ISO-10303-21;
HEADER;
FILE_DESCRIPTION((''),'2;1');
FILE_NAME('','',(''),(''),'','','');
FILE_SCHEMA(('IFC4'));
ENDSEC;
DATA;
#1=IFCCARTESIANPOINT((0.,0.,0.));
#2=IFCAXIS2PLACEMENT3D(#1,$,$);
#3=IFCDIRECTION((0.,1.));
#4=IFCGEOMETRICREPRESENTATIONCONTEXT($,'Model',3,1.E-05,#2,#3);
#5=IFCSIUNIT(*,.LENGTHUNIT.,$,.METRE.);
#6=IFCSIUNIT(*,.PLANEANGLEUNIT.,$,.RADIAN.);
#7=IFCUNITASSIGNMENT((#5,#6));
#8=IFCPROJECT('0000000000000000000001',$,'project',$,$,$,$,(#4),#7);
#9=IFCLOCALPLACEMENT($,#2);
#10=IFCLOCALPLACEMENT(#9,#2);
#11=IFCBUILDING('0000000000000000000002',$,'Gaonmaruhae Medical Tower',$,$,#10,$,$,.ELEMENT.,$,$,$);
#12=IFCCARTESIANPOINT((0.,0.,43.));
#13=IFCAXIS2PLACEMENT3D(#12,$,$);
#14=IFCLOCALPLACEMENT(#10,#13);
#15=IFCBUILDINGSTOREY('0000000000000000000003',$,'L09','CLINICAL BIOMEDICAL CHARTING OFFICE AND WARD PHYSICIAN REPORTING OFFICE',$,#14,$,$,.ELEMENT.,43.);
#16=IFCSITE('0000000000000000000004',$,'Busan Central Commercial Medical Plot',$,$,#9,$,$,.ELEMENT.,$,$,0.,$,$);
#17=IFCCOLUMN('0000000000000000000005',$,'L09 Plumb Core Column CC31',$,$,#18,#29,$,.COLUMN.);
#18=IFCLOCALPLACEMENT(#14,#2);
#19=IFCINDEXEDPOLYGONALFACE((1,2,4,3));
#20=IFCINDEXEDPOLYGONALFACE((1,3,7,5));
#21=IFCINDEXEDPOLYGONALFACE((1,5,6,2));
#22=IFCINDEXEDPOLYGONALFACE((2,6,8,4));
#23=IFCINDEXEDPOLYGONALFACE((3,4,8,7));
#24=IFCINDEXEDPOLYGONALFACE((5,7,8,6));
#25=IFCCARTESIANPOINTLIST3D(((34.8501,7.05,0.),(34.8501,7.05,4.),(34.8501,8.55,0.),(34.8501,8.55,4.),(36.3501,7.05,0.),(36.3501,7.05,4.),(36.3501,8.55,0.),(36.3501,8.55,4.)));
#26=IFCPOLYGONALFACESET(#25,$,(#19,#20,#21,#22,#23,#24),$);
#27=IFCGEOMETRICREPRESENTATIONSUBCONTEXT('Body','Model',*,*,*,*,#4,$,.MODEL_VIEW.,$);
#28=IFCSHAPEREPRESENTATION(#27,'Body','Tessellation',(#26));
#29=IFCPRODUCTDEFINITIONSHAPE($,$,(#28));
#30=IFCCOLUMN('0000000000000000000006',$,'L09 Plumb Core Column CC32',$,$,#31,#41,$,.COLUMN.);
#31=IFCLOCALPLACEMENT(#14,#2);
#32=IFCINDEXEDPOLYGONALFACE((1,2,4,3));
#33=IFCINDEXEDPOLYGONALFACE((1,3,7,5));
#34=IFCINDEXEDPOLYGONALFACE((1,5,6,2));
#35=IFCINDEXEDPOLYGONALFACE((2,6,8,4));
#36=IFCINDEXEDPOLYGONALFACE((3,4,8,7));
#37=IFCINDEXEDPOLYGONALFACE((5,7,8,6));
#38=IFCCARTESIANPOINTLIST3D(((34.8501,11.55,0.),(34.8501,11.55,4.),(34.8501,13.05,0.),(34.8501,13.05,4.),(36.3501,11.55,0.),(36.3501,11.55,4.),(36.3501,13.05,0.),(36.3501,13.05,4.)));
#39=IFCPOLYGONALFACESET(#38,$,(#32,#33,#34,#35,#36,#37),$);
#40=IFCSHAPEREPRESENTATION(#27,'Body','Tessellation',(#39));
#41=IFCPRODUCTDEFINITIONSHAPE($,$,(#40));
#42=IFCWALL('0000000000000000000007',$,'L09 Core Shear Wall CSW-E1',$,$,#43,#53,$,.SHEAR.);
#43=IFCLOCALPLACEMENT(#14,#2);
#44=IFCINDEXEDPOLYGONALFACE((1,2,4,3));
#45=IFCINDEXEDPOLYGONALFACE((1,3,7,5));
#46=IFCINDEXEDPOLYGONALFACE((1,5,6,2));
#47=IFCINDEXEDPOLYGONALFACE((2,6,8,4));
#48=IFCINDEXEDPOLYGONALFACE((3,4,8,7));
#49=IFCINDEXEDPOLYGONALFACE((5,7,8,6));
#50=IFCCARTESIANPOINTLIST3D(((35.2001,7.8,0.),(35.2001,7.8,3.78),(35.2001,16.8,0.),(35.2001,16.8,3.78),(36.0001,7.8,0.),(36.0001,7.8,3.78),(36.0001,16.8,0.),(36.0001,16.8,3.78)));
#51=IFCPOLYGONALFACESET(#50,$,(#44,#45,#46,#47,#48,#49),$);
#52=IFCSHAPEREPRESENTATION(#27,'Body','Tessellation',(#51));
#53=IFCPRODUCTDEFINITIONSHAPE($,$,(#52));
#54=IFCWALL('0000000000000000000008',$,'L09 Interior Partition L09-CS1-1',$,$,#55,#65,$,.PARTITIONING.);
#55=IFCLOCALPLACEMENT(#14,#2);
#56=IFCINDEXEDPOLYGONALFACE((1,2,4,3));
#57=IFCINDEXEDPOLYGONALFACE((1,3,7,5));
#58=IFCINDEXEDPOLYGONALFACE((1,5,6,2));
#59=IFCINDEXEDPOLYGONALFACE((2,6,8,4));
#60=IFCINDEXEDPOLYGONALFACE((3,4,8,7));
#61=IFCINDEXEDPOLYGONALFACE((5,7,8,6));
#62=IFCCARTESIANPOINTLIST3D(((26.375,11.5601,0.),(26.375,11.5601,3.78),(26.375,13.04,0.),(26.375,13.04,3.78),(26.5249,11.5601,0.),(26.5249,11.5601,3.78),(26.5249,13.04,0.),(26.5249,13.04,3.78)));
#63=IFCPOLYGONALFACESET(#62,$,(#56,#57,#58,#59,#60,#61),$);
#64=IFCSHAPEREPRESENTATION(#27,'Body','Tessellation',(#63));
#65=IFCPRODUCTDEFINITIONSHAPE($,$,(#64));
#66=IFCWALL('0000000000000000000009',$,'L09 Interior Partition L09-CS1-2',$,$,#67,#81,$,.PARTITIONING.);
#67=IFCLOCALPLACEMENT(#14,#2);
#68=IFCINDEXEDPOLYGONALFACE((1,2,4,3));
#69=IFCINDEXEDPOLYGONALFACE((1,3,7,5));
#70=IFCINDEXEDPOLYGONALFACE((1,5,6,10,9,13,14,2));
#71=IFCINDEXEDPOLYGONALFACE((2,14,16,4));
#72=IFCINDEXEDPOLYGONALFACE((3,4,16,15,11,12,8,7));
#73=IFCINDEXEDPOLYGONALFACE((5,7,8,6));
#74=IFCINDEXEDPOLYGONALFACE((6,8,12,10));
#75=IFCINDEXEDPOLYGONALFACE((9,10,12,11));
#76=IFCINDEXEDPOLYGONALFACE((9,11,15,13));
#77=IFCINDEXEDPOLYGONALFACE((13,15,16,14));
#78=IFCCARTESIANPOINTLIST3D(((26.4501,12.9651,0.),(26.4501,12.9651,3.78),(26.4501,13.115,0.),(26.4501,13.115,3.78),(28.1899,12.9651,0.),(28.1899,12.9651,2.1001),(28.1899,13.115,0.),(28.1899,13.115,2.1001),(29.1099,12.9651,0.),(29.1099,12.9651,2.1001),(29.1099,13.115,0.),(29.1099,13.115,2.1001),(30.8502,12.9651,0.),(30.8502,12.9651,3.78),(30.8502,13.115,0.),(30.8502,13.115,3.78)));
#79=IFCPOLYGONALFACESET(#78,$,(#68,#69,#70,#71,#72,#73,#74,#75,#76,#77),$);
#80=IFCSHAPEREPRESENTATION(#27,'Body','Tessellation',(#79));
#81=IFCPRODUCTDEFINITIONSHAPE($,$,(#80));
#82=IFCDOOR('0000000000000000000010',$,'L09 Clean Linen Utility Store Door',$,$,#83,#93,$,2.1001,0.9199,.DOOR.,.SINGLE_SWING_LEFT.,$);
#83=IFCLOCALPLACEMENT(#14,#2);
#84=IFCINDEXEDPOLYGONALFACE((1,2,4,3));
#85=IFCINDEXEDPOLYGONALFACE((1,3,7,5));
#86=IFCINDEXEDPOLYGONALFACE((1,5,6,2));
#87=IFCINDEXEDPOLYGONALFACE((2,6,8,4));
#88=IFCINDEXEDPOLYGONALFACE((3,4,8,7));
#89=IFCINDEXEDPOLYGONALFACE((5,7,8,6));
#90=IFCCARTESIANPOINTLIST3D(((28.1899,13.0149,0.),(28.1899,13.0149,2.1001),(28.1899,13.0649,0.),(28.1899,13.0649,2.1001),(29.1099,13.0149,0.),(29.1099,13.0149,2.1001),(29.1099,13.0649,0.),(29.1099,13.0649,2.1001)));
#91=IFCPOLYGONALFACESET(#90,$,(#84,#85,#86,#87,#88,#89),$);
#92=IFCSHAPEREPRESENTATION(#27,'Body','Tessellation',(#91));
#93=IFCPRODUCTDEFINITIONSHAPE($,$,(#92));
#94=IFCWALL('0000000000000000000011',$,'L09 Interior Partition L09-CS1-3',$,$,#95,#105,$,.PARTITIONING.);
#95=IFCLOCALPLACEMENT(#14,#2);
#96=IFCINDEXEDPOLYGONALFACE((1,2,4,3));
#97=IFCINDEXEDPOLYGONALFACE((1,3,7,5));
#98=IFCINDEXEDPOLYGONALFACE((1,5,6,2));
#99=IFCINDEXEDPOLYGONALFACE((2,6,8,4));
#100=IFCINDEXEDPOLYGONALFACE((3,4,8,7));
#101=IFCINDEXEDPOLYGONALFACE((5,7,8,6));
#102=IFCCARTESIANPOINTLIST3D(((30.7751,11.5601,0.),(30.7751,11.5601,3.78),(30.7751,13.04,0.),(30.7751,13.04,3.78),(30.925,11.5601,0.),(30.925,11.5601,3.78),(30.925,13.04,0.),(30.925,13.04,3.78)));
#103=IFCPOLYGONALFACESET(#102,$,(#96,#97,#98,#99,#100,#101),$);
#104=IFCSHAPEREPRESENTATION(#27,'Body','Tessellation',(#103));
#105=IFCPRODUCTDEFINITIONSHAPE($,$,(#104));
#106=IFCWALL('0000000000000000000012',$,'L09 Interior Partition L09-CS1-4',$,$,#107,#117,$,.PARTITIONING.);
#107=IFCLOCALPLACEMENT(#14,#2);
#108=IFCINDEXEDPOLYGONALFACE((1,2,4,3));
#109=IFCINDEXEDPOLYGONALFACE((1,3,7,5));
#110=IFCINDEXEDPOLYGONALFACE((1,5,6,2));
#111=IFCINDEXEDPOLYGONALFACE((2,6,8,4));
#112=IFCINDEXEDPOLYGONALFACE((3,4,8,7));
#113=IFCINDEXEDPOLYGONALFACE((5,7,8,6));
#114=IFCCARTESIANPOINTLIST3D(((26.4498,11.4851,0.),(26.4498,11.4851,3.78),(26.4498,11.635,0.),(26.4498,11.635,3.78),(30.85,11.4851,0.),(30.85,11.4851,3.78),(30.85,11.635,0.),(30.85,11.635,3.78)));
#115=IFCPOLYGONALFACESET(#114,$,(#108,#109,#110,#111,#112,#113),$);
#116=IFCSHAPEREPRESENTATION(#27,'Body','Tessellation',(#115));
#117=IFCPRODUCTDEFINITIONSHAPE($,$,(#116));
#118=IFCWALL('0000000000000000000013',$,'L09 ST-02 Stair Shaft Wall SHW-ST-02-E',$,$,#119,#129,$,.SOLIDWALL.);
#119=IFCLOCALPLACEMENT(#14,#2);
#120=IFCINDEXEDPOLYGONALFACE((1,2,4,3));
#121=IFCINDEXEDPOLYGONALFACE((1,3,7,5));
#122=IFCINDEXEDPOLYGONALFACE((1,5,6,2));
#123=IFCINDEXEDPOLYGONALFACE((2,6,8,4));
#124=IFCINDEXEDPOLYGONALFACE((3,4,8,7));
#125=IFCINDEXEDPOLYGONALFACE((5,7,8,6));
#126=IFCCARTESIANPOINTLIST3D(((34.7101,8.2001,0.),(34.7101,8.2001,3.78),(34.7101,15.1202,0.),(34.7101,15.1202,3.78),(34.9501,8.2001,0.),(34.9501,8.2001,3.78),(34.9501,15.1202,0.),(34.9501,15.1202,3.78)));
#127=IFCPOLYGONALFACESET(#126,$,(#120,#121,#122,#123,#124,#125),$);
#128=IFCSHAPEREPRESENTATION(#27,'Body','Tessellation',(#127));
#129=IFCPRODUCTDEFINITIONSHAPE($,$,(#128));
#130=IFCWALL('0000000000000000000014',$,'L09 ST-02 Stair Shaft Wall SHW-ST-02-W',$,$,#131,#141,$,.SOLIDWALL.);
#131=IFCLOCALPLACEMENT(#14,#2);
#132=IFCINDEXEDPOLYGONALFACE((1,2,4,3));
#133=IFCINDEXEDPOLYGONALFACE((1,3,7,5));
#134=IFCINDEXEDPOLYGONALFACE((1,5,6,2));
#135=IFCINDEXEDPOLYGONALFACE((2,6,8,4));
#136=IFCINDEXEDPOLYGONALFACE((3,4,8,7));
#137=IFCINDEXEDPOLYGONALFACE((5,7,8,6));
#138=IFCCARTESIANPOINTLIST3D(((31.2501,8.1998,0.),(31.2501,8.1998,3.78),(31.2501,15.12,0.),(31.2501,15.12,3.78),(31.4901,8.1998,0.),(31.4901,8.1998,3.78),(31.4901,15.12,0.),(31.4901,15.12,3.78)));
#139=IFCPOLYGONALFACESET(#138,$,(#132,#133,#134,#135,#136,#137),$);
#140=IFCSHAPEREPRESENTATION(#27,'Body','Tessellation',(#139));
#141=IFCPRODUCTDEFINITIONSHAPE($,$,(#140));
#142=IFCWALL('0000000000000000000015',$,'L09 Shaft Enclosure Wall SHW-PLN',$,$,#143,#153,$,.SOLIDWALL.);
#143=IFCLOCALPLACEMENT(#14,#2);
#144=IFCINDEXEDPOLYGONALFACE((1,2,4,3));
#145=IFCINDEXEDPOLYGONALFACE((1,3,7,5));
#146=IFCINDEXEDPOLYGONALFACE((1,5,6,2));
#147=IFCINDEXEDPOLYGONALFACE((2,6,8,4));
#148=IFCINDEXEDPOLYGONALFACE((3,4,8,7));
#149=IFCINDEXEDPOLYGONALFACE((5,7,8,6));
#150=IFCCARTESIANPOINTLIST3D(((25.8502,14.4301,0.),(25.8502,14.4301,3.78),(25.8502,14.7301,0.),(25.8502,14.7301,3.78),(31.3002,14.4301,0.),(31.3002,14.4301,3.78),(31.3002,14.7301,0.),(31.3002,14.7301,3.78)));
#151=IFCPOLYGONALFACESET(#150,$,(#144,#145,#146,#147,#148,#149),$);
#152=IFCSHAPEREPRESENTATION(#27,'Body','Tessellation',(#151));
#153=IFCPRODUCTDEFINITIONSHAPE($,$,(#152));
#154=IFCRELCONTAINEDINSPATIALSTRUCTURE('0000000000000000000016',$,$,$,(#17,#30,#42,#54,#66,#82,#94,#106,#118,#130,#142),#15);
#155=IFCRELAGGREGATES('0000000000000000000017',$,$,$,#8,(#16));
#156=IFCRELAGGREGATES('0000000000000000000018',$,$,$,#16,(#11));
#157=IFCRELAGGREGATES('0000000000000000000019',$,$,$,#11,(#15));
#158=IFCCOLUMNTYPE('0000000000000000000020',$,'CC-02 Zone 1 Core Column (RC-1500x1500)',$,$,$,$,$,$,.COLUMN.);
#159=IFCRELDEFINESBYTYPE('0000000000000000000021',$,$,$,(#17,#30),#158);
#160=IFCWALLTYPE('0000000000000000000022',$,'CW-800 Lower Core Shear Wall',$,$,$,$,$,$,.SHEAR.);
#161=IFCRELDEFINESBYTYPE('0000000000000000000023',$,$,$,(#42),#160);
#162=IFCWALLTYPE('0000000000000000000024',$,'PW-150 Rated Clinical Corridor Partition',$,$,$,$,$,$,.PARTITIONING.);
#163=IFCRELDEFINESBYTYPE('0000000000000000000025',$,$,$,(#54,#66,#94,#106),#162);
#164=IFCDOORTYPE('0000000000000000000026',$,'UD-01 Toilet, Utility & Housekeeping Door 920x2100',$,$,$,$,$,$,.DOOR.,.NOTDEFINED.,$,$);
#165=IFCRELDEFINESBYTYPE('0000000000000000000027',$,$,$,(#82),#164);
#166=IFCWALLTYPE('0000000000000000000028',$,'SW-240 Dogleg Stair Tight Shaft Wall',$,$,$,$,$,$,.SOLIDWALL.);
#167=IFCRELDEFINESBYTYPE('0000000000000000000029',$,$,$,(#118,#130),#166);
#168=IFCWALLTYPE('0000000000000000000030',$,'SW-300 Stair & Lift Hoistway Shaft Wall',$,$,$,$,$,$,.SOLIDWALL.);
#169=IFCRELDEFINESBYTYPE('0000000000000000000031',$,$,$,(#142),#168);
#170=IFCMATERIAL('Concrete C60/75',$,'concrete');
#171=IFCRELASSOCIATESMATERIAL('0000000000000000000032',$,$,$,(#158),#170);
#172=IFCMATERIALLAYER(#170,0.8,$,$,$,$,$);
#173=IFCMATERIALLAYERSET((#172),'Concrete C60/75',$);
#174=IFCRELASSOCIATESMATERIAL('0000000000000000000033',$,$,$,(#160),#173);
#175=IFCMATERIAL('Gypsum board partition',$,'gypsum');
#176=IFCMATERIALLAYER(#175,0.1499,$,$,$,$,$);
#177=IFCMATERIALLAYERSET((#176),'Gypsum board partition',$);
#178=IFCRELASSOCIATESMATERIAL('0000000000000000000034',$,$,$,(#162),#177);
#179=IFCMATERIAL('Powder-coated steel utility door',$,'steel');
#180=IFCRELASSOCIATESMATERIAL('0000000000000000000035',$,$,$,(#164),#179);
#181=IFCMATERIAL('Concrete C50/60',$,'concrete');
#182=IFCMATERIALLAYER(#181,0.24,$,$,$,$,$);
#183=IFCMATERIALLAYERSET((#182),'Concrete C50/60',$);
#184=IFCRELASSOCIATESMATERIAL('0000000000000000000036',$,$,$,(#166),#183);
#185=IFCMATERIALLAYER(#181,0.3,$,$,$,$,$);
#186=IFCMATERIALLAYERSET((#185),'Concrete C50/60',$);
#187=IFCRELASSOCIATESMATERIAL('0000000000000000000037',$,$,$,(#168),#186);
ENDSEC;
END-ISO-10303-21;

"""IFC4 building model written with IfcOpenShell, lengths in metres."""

from ifc_helpers import new_model, si_unit, direction, frame, frame_2d, origin, origin_2d, place, context, subcontext, project, spatial, rectangle, extrude, material, layer, layer_set, material_profile, profile_set, type_object, element, fill, save


model = new_model("IFC4")

# Units and contexts
model_context = context("Model", 3, precision=1e-05, world=origin(), true_north=direction((0.0, 1.0)))
body_context = subcontext(model_context, "Body", "Model", "MODEL_VIEW")
ifc_project = project(units=[si_unit("LENGTHUNIT", "METRE"), si_unit("PLANEANGLEUNIT", "RADIAN")], contexts=[model_context])

# Site, building, storey
site_placement = place(None, origin())
site = spatial("IfcSite", under=ifc_project, at=site_placement, Name="Busan Central Commercial Medical Plot", CompositionType="ELEMENT", RefElevation=0.0)
building_placement = place(site_placement, origin())
building = spatial("IfcBuilding", under=site, at=building_placement, Name="Gaonmaruhae Medical Tower", CompositionType="ELEMENT")
storey_placement = place(building_placement, frame((0.0, 0.0, 43.0)))
storey = spatial("IfcBuildingStorey", under=building, at=storey_placement, Name="L09", Description="CLINICAL BIOMEDICAL CHARTING OFFICE AND WARD PHYSICIAN REPORTING OFFICE", CompositionType="ELEMENT", Elevation=43.0)

# Columns
ifc_material_1 = material(Name="Concrete C60/75", Category="concrete")
ifc_material_profile = material_profile(ifc_material_1, rectangle(XDim=1.5, YDim=1.5, at=origin_2d()), Name="RC-1500x1500")
ifc_profile_set = profile_set([ifc_material_profile], Name="Concrete C60/75")
column_type = type_object("IfcColumnType", Name="CC-02 Zone 1 Core Column (RC-1500x1500)", PredefinedType="COLUMN", material=ifc_profile_set)
for number, where, z_axis, x_axis, name in (
    (1, (35.6001, 7.8, 0.0), (0.0, 0.0, 1.0), (1.0, 0.0, 0.0), "L09 Plumb Core Column CC31"),
    (2, (35.6001, 12.3, 0.0), (0.0, 0.0, 1.0), (1.0, 0.0, 0.0), "L09 Plumb Core Column CC32"),
):
    element("IfcColumn", number, at=place(storey_placement, frame(where, z_axis=z_axis, x_axis=x_axis)), inside=storey, type_object=column_type, Name=name, PredefinedType="COLUMN", context=body_context, shape_type="SweptSolid", body=[
        extrude(rectangle(XDim=1.5, YDim=1.5, at=origin_2d()), origin(), (0.0, 0.0, 1.0), 4.0),
    ])

# Walls
ifc_layer_1 = layer(ifc_material_1, 0.8)
ifc_layer_set_1 = layer_set([ifc_layer_1], Name="Concrete C60/75")
wall_type_1 = type_object("IfcWallType", Name="CW-800 Lower Core Shear Wall", PredefinedType="SHEAR", material=ifc_layer_set_1)
wall_1_placement = place(storey_placement, frame((35.6001, 7.8, 0.0), z_axis=(0.0, 0.0, 1.0), x_axis=(0.0, 1.0, 0.0)))
element("IfcWall", 3, at=wall_1_placement, inside=storey, type_object=wall_type_1, Name="L09 Core Shear Wall CSW-E1", PredefinedType="SHEAR", context=body_context, shape_type="SweptSolid", body=[
    extrude(rectangle(XDim=9.0, YDim=0.8, at=frame_2d((4.5, 0.0))), origin(), (0.0, 0.0, 1.0), 3.78),
])
ifc_material_2 = material(Name="Gypsum board partition", Category="gypsum")
ifc_layer_2 = layer(ifc_material_2, 0.1499)
ifc_layer_set_2 = layer_set([ifc_layer_2], Name="Gypsum board partition")
wall_type_2 = type_object("IfcWallType", Name="PW-150 Rated Clinical Corridor Partition", PredefinedType="PARTITIONING", material=ifc_layer_set_2)
wall_2_placement = place(storey_placement, frame((26.45, 11.5601, 0.0), z_axis=(0.0, 0.0, 1.0), x_axis=(0.0, 1.0, 0.0)))
element("IfcWall", 4, at=wall_2_placement, inside=storey, type_object=wall_type_2, Name="L09 Interior Partition L09-CS1-1", PredefinedType="PARTITIONING", context=body_context, shape_type="SweptSolid", body=[
    extrude(rectangle(XDim=1.48, YDim=0.1499, at=frame_2d((0.74, 0.0))), origin(), (0.0, 0.0, 1.0), 3.78),
])

# Wall, opening, door
wall_3_placement = place(storey_placement, frame((26.45, 13.04, 0.0), z_axis=(0.0, 0.0, 1.0), x_axis=(1.0, 0.0, 0.0)))
wall_3 = element("IfcWall", 5, at=wall_3_placement, inside=storey, type_object=wall_type_2, Name="L09 Interior Partition L09-CS1-2", PredefinedType="PARTITIONING", context=body_context, shape_type="SweptSolid", body=[
    extrude(rectangle(XDim=4.4001, YDim=0.1499, at=frame_2d((2.2002, 0.0))), origin(), (0.0, 0.0, 1.0), 3.78),
])
opening_1_placement = place(wall_3_placement, frame((1.74, 0.0, 0.0)))
opening_1 = element("IfcOpeningElement", 6, at=opening_1_placement, cuts=wall_3, PredefinedType="OPENING", context=body_context, shape_type="SweptSolid", body=[
    extrude(rectangle(XDim=0.9199, YDim=2.1001, at=frame_2d((0.46, 1.05))), frame((0.0, 0.085, 0.0), z_axis=(0.0, -1.0, 0.0), x_axis=(1.0, 0.0, 0.0)), (0.0, 0.0, 1.0), 0.1699),
])
ifc_material_3 = material(Name="Powder-coated steel utility door", Category="steel")
door_type_1 = type_object("IfcDoorType", Name="UD-01 Toilet, Utility & Housekeeping Door 920x2100", OperationType="NOTDEFINED", PredefinedType="DOOR", material=ifc_material_3)
door_1_placement = place(opening_1_placement, origin())
door_1 = element("IfcDoor", 7, at=door_1_placement, inside=storey, type_object=door_type_1, Name="L09 Clean Linen Utility Store Door", OperationType="SINGLE_SWING_LEFT", OverallHeight=2.1001, OverallWidth=0.9199, PredefinedType="DOOR", context=body_context, shape_type="SweptSolid", body=[
    extrude(rectangle(XDim=0.9199, YDim=2.1001, at=frame_2d((0.46, 1.05))), frame((0.0, 0.0249, 0.0), z_axis=(0.0, -1.0, 0.0), x_axis=(1.0, 0.0, 0.0)), (0.0, 0.0, 1.0), 0.05),
])
fill(opening_1, door_1)

# Walls
wall_4_placement = place(storey_placement, frame((30.8501, 13.04, 0.0), z_axis=(0.0, 0.0, 1.0), x_axis=(0.0, -1.0, 0.0)))
element("IfcWall", 8, at=wall_4_placement, inside=storey, type_object=wall_type_2, Name="L09 Interior Partition L09-CS1-3", PredefinedType="PARTITIONING", context=body_context, shape_type="SweptSolid", body=[
    extrude(rectangle(XDim=1.48, YDim=0.1499, at=frame_2d((0.74, 0.0))), origin(), (0.0, 0.0, 1.0), 3.78),
])
wall_5_placement = place(storey_placement, frame((30.8501, 11.5601, 0.0), z_axis=(0.0, 0.0, 1.0), x_axis=(-1.0, 0.0, 0.0)))
element("IfcWall", 9, at=wall_5_placement, inside=storey, type_object=wall_type_2, Name="L09 Interior Partition L09-CS1-4", PredefinedType="PARTITIONING", context=body_context, shape_type="SweptSolid", body=[
    extrude(rectangle(XDim=4.4001, YDim=0.1499, at=frame_2d((2.2002, 0.0))), origin(), (0.0, 0.0, 1.0), 3.78),
])

# Shared definitions
ifc_material_4 = material(Name="Concrete C50/60", Category="concrete")
ifc_layer_3 = layer(ifc_material_4, 0.24)
ifc_layer_set_3 = layer_set([ifc_layer_3], Name="Concrete C50/60")
wall_type_3 = type_object("IfcWallType", Name="SW-240 Dogleg Stair Tight Shaft Wall", PredefinedType="SOLIDWALL", material=ifc_layer_set_3)

# Walls
for number, where, z_axis, x_axis, name in (
    (10, (34.8301, 15.1201, 0.0), (0.0, 0.0, 1.0), (0.0, -1.0, 0.0), "L09 ST-02 Stair Shaft Wall SHW-ST-02-E"),
    (11, (31.3701, 8.2, 0.0), (0.0, 0.0, 1.0), (0.0, 1.0, 0.0), "L09 ST-02 Stair Shaft Wall SHW-ST-02-W"),
):
    element("IfcWall", number, at=place(storey_placement, frame(where, z_axis=z_axis, x_axis=x_axis)), inside=storey, type_object=wall_type_3, Name=name, PredefinedType="SOLIDWALL", context=body_context, shape_type="SweptSolid", body=[
        extrude(rectangle(XDim=6.9202, YDim=0.24, at=frame_2d((3.46, 0.0))), origin(), (0.0, 0.0, 1.0), 3.78),
    ])

# Shared definitions
ifc_layer_4 = layer(ifc_material_4, 0.3)
ifc_layer_set_4 = layer_set([ifc_layer_4], Name="Concrete C50/60")
wall_type_4 = type_object("IfcWallType", Name="SW-300 Stair & Lift Hoistway Shaft Wall", PredefinedType="SOLIDWALL", material=ifc_layer_set_4)

# Wall
wall_6_placement = place(storey_placement, frame((25.8501, 14.5801, 0.0), z_axis=(0.0, 0.0, 1.0), x_axis=(1.0, 0.0, 0.0)))
element("IfcWall", 12, at=wall_6_placement, inside=storey, type_object=wall_type_4, Name="L09 Shaft Enclosure Wall SHW-PLN", PredefinedType="SOLIDWALL", context=body_context, shape_type="SweptSolid", body=[
    extrude(rectangle(XDim=5.45, YDim=0.3, at=frame_2d((2.7251, 0.0))), origin(), (0.0, 0.0, 1.0), 3.78),
])

save(model, "model.ifc")
